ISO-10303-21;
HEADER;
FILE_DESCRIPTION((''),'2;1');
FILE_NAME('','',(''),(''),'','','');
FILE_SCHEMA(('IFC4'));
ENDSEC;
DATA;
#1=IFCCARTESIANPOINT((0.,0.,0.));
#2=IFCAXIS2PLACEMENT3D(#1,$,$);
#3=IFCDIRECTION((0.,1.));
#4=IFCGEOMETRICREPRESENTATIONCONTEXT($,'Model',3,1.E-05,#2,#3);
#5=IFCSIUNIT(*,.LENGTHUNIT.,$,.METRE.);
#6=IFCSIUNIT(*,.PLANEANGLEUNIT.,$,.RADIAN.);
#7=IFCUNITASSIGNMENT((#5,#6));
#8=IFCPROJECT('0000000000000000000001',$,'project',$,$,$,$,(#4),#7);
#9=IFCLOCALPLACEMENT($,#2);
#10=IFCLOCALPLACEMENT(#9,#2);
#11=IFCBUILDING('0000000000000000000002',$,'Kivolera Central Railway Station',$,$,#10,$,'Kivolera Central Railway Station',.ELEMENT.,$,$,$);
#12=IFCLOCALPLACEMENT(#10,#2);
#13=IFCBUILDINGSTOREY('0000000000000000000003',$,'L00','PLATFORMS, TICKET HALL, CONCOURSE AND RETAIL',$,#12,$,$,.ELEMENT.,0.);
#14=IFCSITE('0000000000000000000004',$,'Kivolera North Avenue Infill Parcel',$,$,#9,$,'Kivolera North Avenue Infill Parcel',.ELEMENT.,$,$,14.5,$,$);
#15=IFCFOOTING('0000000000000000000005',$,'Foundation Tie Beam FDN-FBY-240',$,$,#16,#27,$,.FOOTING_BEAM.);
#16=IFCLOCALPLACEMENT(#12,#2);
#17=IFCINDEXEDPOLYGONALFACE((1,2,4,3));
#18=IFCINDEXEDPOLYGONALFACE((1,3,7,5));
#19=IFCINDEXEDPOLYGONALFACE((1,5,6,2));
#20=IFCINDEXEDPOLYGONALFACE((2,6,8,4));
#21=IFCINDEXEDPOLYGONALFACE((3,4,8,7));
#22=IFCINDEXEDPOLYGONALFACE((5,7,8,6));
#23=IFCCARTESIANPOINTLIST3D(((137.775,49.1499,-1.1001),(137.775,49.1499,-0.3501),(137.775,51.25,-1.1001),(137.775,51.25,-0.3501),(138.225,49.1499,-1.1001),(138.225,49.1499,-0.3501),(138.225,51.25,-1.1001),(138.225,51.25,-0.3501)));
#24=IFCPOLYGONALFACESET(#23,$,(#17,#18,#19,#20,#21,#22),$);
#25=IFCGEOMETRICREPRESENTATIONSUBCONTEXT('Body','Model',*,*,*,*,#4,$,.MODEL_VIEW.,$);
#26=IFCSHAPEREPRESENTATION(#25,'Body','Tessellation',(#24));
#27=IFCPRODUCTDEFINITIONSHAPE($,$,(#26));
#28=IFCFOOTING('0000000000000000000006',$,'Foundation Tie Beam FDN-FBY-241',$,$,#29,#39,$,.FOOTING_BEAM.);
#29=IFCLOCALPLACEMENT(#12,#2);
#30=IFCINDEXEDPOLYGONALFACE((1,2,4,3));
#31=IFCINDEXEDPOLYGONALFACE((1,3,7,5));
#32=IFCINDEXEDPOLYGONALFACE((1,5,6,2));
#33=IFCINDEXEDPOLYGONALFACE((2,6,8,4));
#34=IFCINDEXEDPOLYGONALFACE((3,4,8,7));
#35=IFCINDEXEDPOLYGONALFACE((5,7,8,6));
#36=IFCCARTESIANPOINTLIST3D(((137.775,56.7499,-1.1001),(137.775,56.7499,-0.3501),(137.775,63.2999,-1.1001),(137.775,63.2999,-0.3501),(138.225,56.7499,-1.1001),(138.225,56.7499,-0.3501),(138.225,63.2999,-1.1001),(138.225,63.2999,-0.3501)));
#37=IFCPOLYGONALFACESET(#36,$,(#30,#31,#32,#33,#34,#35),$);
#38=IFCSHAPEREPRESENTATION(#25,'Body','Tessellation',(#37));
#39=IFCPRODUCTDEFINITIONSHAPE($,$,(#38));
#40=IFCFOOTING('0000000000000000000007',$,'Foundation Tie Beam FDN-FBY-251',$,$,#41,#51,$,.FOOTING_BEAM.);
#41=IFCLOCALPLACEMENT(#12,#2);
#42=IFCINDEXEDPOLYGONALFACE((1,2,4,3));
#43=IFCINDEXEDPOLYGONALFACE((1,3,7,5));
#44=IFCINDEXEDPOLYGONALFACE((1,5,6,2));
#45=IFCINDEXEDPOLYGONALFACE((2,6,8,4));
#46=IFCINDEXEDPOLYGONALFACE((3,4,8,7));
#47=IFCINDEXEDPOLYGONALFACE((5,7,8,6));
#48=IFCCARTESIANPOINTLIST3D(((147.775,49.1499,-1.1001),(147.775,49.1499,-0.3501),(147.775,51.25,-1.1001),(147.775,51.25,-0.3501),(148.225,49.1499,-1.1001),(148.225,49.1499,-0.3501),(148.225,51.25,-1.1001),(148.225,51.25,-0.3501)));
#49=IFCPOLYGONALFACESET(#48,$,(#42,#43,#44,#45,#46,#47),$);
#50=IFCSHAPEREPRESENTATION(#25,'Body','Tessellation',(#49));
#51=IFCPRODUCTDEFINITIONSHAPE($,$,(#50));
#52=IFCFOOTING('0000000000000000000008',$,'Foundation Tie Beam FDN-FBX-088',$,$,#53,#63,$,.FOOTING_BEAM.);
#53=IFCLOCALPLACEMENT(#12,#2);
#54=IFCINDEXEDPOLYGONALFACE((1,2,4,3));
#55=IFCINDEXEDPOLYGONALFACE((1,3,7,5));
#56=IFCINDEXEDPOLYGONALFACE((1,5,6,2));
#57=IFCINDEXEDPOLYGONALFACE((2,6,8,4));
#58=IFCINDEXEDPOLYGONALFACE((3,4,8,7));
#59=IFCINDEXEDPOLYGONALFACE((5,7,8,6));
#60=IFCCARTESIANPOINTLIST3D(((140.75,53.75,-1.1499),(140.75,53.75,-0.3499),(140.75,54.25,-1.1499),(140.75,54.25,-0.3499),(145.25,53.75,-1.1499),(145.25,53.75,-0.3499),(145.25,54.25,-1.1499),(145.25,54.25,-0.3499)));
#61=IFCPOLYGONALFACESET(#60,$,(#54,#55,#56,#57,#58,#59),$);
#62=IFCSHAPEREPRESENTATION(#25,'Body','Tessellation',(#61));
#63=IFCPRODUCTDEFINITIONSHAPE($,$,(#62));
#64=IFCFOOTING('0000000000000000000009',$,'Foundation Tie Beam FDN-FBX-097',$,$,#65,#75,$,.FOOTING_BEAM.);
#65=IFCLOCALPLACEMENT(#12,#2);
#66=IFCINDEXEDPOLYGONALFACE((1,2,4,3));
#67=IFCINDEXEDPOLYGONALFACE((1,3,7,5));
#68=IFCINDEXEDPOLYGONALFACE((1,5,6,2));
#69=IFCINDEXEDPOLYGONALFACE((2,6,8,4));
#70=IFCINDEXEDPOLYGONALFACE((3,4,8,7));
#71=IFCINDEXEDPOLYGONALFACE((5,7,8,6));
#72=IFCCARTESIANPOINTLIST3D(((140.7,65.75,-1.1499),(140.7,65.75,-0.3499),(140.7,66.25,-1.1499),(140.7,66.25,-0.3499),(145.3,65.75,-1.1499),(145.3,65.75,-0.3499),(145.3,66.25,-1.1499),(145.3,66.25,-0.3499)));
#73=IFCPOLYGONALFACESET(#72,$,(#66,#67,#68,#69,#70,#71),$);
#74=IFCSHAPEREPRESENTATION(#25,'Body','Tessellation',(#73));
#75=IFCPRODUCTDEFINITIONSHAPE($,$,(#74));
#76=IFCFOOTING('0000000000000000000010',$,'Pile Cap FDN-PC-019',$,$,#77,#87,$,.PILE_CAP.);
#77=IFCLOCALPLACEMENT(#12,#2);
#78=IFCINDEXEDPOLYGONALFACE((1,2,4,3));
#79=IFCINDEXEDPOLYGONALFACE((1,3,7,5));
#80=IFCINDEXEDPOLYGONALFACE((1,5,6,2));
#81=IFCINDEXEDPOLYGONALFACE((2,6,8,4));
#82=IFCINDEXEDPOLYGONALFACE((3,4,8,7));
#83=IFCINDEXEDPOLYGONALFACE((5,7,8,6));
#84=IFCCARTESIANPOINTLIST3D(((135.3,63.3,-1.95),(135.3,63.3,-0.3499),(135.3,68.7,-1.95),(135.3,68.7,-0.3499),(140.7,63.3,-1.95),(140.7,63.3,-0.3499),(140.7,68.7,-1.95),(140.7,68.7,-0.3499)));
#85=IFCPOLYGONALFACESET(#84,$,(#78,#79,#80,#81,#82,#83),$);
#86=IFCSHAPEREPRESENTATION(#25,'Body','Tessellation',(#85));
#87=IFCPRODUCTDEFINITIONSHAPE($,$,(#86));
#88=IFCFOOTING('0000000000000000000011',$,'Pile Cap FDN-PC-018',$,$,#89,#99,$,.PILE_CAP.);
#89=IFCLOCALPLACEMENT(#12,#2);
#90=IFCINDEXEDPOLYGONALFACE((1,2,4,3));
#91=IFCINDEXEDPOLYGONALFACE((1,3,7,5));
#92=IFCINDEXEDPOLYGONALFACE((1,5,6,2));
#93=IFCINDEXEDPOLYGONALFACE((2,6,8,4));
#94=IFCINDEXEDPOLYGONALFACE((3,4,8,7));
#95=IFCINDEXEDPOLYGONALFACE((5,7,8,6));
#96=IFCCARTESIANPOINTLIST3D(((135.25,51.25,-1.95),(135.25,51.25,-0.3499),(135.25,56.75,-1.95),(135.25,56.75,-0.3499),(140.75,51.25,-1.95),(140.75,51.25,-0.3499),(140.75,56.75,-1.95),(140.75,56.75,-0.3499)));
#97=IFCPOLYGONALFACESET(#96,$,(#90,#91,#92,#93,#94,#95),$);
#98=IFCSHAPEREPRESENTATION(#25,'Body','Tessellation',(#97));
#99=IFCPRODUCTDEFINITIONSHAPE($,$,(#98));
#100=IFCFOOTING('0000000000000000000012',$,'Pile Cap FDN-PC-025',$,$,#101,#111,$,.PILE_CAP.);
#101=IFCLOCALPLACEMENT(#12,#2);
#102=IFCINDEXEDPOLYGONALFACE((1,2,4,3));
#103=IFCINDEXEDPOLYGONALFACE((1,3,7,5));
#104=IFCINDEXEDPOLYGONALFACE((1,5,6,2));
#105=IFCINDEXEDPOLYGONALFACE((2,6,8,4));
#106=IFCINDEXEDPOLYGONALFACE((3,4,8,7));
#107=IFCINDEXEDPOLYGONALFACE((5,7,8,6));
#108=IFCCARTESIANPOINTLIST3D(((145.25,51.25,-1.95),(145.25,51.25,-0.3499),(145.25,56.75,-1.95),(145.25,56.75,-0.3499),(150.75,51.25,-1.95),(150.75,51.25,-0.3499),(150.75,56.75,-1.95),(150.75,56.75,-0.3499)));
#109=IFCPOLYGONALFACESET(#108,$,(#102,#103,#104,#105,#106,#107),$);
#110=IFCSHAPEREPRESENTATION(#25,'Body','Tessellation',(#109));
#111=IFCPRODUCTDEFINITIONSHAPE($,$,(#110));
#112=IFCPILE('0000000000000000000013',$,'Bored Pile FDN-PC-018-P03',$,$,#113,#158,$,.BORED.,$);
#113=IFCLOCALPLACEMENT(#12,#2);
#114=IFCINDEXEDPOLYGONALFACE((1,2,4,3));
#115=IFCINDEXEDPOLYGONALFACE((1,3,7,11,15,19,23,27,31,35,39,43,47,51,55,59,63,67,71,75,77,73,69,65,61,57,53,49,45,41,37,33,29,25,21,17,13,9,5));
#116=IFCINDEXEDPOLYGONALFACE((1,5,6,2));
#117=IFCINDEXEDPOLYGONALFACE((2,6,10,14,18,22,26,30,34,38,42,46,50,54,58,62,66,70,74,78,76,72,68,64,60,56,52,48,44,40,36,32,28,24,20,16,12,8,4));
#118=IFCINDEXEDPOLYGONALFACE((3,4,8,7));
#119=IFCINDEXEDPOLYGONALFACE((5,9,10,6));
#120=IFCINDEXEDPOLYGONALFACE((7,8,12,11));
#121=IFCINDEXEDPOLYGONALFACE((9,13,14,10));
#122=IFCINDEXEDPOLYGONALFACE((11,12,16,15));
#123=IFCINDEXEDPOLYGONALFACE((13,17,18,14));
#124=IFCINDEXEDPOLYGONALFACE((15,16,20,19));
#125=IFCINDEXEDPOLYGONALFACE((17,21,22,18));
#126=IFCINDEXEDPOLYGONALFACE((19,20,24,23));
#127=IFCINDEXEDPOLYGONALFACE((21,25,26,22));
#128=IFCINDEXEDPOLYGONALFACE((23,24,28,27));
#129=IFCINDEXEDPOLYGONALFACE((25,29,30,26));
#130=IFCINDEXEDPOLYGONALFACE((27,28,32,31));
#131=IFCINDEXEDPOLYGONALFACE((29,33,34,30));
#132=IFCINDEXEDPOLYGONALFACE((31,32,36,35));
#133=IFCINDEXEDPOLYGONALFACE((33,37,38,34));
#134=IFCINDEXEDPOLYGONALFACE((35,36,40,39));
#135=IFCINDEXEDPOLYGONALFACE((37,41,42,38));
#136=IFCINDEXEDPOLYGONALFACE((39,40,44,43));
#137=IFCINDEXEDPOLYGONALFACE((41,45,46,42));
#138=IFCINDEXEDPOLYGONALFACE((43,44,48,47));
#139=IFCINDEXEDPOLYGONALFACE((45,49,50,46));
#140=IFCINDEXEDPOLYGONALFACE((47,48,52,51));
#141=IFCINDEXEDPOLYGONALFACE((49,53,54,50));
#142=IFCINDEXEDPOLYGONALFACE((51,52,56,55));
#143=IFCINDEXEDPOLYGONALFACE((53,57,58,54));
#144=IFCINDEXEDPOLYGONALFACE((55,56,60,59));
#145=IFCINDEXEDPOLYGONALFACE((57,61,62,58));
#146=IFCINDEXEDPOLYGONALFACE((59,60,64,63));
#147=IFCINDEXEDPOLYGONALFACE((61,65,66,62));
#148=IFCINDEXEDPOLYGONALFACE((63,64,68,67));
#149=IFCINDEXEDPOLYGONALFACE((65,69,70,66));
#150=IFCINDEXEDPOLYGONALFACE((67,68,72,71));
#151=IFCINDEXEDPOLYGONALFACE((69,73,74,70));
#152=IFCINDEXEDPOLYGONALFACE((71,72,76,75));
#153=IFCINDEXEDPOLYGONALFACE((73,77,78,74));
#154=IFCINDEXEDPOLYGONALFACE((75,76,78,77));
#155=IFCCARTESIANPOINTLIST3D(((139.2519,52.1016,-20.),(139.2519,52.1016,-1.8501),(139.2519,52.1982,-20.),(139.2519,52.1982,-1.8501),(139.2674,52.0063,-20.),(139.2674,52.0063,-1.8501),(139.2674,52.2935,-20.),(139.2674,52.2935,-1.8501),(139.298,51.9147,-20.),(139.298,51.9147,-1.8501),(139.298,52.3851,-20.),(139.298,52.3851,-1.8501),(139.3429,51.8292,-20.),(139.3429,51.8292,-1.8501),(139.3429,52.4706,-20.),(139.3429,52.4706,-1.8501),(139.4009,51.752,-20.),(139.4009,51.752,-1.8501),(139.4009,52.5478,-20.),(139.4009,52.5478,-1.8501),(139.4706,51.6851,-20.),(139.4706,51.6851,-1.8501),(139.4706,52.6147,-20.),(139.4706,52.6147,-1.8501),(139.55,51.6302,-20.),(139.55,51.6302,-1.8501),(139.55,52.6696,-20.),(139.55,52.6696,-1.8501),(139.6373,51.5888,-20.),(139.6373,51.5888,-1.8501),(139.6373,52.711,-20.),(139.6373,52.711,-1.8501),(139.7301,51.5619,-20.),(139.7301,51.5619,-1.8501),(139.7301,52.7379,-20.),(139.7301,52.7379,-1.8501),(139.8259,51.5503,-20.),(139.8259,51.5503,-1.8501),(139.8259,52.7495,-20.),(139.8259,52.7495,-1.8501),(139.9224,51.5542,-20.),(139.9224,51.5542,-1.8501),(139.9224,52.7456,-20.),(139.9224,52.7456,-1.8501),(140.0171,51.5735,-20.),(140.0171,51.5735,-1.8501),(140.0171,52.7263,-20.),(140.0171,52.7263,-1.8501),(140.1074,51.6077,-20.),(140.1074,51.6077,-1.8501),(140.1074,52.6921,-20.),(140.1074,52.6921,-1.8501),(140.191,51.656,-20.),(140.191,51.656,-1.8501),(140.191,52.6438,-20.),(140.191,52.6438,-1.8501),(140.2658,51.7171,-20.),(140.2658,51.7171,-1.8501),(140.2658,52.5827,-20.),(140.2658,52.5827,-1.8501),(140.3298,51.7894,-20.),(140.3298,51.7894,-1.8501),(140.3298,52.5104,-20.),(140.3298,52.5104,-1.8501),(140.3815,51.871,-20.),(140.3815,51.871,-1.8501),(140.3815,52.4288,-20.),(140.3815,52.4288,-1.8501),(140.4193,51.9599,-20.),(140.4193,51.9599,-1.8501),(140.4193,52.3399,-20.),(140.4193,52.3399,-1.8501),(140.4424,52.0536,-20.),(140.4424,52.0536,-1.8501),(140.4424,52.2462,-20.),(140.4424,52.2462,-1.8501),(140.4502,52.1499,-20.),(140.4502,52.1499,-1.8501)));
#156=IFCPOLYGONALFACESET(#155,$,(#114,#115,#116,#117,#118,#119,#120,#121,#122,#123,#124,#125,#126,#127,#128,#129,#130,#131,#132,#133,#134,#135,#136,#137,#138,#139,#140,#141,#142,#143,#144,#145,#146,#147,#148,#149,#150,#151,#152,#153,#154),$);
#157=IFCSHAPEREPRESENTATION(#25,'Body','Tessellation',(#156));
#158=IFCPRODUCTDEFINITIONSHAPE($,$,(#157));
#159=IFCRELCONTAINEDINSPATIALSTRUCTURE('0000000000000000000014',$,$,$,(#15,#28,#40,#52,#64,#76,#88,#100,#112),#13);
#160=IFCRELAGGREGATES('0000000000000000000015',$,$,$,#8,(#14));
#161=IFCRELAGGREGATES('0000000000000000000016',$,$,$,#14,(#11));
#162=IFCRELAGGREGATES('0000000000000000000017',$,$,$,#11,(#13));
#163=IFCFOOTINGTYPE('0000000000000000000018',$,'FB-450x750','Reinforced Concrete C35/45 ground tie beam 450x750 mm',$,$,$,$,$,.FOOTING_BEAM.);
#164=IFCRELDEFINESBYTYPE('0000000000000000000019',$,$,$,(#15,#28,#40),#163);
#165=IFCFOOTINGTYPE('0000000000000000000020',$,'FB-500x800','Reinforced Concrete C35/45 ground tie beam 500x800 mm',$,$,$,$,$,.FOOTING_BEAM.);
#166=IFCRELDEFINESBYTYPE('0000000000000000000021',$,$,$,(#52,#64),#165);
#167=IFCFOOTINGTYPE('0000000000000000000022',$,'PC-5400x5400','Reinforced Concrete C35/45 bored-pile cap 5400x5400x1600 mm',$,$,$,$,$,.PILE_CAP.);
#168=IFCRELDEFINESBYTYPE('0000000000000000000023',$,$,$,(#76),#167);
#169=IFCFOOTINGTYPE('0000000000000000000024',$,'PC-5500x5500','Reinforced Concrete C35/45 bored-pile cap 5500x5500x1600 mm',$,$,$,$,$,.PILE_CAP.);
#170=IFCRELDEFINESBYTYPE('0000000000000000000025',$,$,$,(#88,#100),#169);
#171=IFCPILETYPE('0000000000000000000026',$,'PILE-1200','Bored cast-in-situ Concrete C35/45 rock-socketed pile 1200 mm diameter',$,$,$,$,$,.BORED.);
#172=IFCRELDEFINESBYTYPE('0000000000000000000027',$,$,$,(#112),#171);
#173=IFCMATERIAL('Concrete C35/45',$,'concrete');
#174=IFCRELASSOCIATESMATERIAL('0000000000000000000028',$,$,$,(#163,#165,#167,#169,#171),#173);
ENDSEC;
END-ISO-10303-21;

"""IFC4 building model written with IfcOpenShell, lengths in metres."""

from ifc_helpers import new_model, si_unit, direction, frame, origin, origin_2d, place, context, subcontext, project, spatial, rectangle, circle, extrude, material, material_profile, profile_set, type_object, element, save


model = new_model("IFC4")

# Units and contexts
model_context = context("Model", 3, precision=1e-05, world=origin(), true_north=direction((0.0, 1.0)))
body_context = subcontext(model_context, "Body", "Model", "MODEL_VIEW")
ifc_project = project(units=[si_unit("LENGTHUNIT", "METRE"), si_unit("PLANEANGLEUNIT", "RADIAN")], contexts=[model_context])

# Site, building, storey
site_placement = place(None, origin())
site = spatial("IfcSite", under=ifc_project, at=site_placement, Name="Kivolera North Avenue Infill Parcel", LongName="Kivolera North Avenue Infill Parcel", CompositionType="ELEMENT", RefElevation=14.5)
building_placement = place(site_placement, origin())
building = spatial("IfcBuilding", under=site, at=building_placement, Name="Kivolera Central Railway Station", LongName="Kivolera Central Railway Station", CompositionType="ELEMENT")
storey_placement = place(building_placement, origin())
storey = spatial("IfcBuildingStorey", under=building, at=storey_placement, Name="L00", Description="PLATFORMS, TICKET HALL, CONCOURSE AND RETAIL", CompositionType="ELEMENT", Elevation=0.0)

# Footings
ifc_material_1 = material(Name="Concrete C35/45", Category="concrete")
footing_type_1 = type_object("IfcFootingType", Name="FB-450x750", Description="Reinforced Concrete C35/45 ground tie beam 450x750 mm", PredefinedType="FOOTING_BEAM", material=ifc_material_1)
footing_1_placement = place(storey_placement, frame((138.0, 50.2, -1.1001), z_axis=(0.0, 0.0, 1.0), x_axis=(1.0, 0.0, 0.0)))
element("IfcFooting", 1, at=footing_1_placement, inside=storey, type_object=footing_type_1, Name="Foundation Tie Beam FDN-FBY-240", PredefinedType="FOOTING_BEAM", context=body_context, shape_type="SweptSolid", body=[
    extrude(rectangle(XDim=0.45, YDim=2.1001, at=origin_2d()), origin(), (0.0, 0.0, 1.0), 0.75),
])
footing_2_placement = place(storey_placement, frame((138.0, 60.0249, -1.1001), z_axis=(0.0, 0.0, 1.0), x_axis=(1.0, 0.0, 0.0)))
element("IfcFooting", 2, at=footing_2_placement, inside=storey, type_object=footing_type_1, Name="Foundation Tie Beam FDN-FBY-241", PredefinedType="FOOTING_BEAM", context=body_context, shape_type="SweptSolid", body=[
    extrude(rectangle(XDim=0.45, YDim=6.55, at=origin_2d()), origin(), (0.0, 0.0, 1.0), 0.75),
])
footing_3_placement = place(storey_placement, frame((148.0, 50.2, -1.1001), z_axis=(0.0, 0.0, 1.0), x_axis=(1.0, 0.0, 0.0)))
element("IfcFooting", 3, at=footing_3_placement, inside=storey, type_object=footing_type_1, Name="Foundation Tie Beam FDN-FBY-251", PredefinedType="FOOTING_BEAM", context=body_context, shape_type="SweptSolid", body=[
    extrude(rectangle(XDim=0.45, YDim=2.1001, at=origin_2d()), origin(), (0.0, 0.0, 1.0), 0.75),
])
footing_type_2 = type_object("IfcFootingType", Name="FB-500x800", Description="Reinforced Concrete C35/45 ground tie beam 500x800 mm", PredefinedType="FOOTING_BEAM", material=ifc_material_1)
footing_4_placement = place(storey_placement, frame((143.0, 54.0, -1.1499), z_axis=(0.0, 0.0, 1.0), x_axis=(1.0, 0.0, 0.0)))
element("IfcFooting", 4, at=footing_4_placement, inside=storey, type_object=footing_type_2, Name="Foundation Tie Beam FDN-FBX-088", PredefinedType="FOOTING_BEAM", context=body_context, shape_type="SweptSolid", body=[
    extrude(rectangle(XDim=4.5, YDim=0.5, at=origin_2d()), origin(), (0.0, 0.0, 1.0), 0.8),
])
footing_5_placement = place(storey_placement, frame((143.0, 66.0, -1.1499), z_axis=(0.0, 0.0, 1.0), x_axis=(1.0, 0.0, 0.0)))
element("IfcFooting", 5, at=footing_5_placement, inside=storey, type_object=footing_type_2, Name="Foundation Tie Beam FDN-FBX-097", PredefinedType="FOOTING_BEAM", context=body_context, shape_type="SweptSolid", body=[
    extrude(rectangle(XDim=4.6001, YDim=0.5, at=origin_2d()), origin(), (0.0, 0.0, 1.0), 0.8),
])
footing_type_3 = type_object("IfcFootingType", Name="PC-5400x5400", Description="Reinforced Concrete C35/45 bored-pile cap 5400x5400x1600 mm", PredefinedType="PILE_CAP", material=ifc_material_1)
footing_6_placement = place(storey_placement, frame((138.0, 66.0, -1.95), z_axis=(0.0, 0.0, 1.0), x_axis=(1.0, 0.0, 0.0)))
element("IfcFooting", 6, at=footing_6_placement, inside=storey, type_object=footing_type_3, Name="Pile Cap FDN-PC-019", PredefinedType="PILE_CAP", context=body_context, shape_type="SweptSolid", body=[
    extrude(rectangle(XDim=5.3999, YDim=5.3999, at=origin_2d()), origin(), (0.0, 0.0, 1.0), 1.6001),
])
footing_type_4 = type_object("IfcFootingType", Name="PC-5500x5500", Description="Reinforced Concrete C35/45 bored-pile cap 5500x5500x1600 mm", PredefinedType="PILE_CAP", material=ifc_material_1)
for number, where, z_axis, x_axis, name in (
    (7, (138.0, 54.0, -1.95), (0.0, 0.0, 1.0), (1.0, 0.0, 0.0), "Pile Cap FDN-PC-018"),
    (8, (148.0, 54.0, -1.95), (0.0, 0.0, 1.0), (1.0, 0.0, 0.0), "Pile Cap FDN-PC-025"),
):
    element("IfcFooting", number, at=place(storey_placement, frame(where, z_axis=z_axis, x_axis=x_axis)), inside=storey, type_object=footing_type_4, Name=name, PredefinedType="PILE_CAP", context=body_context, shape_type="SweptSolid", body=[
        extrude(rectangle(XDim=5.5, YDim=5.5, at=origin_2d()), origin(), (0.0, 0.0, 1.0), 1.6001),
    ])

# Pile
ifc_material_profile_1 = material_profile(ifc_material_1, circle(Radius=0.6001, at=origin_2d()), Name="PILE D1200")
ifc_profile_set_1 = profile_set([ifc_material_profile_1], Name="Concrete C35/45")
pile_type = type_object("IfcPileType", Name="PILE-1200", Description="Bored cast-in-situ Concrete C35/45 rock-socketed pile 1200 mm diameter", PredefinedType="BORED", material=ifc_profile_set_1)
for number, where, z_axis, x_axis, name in (
    (9, (139.8501, 52.1499, -1.8501), (0.0, 0.0, -1.0), (1.0, 0.0, 0.0), "Bored Pile FDN-PC-018-P03"),
):
    element("IfcPile", number, at=place(storey_placement, frame(where, z_axis=z_axis, x_axis=x_axis)), inside=storey, type_object=pile_type, Name=name, PredefinedType="BORED", context=body_context, shape_type="SweptSolid", body=[
        extrude(circle(Radius=0.6001, at=origin_2d()), origin(), (0.0, 0.0, 1.0), 18.1499),
    ])

save(model, "model.ifc")
